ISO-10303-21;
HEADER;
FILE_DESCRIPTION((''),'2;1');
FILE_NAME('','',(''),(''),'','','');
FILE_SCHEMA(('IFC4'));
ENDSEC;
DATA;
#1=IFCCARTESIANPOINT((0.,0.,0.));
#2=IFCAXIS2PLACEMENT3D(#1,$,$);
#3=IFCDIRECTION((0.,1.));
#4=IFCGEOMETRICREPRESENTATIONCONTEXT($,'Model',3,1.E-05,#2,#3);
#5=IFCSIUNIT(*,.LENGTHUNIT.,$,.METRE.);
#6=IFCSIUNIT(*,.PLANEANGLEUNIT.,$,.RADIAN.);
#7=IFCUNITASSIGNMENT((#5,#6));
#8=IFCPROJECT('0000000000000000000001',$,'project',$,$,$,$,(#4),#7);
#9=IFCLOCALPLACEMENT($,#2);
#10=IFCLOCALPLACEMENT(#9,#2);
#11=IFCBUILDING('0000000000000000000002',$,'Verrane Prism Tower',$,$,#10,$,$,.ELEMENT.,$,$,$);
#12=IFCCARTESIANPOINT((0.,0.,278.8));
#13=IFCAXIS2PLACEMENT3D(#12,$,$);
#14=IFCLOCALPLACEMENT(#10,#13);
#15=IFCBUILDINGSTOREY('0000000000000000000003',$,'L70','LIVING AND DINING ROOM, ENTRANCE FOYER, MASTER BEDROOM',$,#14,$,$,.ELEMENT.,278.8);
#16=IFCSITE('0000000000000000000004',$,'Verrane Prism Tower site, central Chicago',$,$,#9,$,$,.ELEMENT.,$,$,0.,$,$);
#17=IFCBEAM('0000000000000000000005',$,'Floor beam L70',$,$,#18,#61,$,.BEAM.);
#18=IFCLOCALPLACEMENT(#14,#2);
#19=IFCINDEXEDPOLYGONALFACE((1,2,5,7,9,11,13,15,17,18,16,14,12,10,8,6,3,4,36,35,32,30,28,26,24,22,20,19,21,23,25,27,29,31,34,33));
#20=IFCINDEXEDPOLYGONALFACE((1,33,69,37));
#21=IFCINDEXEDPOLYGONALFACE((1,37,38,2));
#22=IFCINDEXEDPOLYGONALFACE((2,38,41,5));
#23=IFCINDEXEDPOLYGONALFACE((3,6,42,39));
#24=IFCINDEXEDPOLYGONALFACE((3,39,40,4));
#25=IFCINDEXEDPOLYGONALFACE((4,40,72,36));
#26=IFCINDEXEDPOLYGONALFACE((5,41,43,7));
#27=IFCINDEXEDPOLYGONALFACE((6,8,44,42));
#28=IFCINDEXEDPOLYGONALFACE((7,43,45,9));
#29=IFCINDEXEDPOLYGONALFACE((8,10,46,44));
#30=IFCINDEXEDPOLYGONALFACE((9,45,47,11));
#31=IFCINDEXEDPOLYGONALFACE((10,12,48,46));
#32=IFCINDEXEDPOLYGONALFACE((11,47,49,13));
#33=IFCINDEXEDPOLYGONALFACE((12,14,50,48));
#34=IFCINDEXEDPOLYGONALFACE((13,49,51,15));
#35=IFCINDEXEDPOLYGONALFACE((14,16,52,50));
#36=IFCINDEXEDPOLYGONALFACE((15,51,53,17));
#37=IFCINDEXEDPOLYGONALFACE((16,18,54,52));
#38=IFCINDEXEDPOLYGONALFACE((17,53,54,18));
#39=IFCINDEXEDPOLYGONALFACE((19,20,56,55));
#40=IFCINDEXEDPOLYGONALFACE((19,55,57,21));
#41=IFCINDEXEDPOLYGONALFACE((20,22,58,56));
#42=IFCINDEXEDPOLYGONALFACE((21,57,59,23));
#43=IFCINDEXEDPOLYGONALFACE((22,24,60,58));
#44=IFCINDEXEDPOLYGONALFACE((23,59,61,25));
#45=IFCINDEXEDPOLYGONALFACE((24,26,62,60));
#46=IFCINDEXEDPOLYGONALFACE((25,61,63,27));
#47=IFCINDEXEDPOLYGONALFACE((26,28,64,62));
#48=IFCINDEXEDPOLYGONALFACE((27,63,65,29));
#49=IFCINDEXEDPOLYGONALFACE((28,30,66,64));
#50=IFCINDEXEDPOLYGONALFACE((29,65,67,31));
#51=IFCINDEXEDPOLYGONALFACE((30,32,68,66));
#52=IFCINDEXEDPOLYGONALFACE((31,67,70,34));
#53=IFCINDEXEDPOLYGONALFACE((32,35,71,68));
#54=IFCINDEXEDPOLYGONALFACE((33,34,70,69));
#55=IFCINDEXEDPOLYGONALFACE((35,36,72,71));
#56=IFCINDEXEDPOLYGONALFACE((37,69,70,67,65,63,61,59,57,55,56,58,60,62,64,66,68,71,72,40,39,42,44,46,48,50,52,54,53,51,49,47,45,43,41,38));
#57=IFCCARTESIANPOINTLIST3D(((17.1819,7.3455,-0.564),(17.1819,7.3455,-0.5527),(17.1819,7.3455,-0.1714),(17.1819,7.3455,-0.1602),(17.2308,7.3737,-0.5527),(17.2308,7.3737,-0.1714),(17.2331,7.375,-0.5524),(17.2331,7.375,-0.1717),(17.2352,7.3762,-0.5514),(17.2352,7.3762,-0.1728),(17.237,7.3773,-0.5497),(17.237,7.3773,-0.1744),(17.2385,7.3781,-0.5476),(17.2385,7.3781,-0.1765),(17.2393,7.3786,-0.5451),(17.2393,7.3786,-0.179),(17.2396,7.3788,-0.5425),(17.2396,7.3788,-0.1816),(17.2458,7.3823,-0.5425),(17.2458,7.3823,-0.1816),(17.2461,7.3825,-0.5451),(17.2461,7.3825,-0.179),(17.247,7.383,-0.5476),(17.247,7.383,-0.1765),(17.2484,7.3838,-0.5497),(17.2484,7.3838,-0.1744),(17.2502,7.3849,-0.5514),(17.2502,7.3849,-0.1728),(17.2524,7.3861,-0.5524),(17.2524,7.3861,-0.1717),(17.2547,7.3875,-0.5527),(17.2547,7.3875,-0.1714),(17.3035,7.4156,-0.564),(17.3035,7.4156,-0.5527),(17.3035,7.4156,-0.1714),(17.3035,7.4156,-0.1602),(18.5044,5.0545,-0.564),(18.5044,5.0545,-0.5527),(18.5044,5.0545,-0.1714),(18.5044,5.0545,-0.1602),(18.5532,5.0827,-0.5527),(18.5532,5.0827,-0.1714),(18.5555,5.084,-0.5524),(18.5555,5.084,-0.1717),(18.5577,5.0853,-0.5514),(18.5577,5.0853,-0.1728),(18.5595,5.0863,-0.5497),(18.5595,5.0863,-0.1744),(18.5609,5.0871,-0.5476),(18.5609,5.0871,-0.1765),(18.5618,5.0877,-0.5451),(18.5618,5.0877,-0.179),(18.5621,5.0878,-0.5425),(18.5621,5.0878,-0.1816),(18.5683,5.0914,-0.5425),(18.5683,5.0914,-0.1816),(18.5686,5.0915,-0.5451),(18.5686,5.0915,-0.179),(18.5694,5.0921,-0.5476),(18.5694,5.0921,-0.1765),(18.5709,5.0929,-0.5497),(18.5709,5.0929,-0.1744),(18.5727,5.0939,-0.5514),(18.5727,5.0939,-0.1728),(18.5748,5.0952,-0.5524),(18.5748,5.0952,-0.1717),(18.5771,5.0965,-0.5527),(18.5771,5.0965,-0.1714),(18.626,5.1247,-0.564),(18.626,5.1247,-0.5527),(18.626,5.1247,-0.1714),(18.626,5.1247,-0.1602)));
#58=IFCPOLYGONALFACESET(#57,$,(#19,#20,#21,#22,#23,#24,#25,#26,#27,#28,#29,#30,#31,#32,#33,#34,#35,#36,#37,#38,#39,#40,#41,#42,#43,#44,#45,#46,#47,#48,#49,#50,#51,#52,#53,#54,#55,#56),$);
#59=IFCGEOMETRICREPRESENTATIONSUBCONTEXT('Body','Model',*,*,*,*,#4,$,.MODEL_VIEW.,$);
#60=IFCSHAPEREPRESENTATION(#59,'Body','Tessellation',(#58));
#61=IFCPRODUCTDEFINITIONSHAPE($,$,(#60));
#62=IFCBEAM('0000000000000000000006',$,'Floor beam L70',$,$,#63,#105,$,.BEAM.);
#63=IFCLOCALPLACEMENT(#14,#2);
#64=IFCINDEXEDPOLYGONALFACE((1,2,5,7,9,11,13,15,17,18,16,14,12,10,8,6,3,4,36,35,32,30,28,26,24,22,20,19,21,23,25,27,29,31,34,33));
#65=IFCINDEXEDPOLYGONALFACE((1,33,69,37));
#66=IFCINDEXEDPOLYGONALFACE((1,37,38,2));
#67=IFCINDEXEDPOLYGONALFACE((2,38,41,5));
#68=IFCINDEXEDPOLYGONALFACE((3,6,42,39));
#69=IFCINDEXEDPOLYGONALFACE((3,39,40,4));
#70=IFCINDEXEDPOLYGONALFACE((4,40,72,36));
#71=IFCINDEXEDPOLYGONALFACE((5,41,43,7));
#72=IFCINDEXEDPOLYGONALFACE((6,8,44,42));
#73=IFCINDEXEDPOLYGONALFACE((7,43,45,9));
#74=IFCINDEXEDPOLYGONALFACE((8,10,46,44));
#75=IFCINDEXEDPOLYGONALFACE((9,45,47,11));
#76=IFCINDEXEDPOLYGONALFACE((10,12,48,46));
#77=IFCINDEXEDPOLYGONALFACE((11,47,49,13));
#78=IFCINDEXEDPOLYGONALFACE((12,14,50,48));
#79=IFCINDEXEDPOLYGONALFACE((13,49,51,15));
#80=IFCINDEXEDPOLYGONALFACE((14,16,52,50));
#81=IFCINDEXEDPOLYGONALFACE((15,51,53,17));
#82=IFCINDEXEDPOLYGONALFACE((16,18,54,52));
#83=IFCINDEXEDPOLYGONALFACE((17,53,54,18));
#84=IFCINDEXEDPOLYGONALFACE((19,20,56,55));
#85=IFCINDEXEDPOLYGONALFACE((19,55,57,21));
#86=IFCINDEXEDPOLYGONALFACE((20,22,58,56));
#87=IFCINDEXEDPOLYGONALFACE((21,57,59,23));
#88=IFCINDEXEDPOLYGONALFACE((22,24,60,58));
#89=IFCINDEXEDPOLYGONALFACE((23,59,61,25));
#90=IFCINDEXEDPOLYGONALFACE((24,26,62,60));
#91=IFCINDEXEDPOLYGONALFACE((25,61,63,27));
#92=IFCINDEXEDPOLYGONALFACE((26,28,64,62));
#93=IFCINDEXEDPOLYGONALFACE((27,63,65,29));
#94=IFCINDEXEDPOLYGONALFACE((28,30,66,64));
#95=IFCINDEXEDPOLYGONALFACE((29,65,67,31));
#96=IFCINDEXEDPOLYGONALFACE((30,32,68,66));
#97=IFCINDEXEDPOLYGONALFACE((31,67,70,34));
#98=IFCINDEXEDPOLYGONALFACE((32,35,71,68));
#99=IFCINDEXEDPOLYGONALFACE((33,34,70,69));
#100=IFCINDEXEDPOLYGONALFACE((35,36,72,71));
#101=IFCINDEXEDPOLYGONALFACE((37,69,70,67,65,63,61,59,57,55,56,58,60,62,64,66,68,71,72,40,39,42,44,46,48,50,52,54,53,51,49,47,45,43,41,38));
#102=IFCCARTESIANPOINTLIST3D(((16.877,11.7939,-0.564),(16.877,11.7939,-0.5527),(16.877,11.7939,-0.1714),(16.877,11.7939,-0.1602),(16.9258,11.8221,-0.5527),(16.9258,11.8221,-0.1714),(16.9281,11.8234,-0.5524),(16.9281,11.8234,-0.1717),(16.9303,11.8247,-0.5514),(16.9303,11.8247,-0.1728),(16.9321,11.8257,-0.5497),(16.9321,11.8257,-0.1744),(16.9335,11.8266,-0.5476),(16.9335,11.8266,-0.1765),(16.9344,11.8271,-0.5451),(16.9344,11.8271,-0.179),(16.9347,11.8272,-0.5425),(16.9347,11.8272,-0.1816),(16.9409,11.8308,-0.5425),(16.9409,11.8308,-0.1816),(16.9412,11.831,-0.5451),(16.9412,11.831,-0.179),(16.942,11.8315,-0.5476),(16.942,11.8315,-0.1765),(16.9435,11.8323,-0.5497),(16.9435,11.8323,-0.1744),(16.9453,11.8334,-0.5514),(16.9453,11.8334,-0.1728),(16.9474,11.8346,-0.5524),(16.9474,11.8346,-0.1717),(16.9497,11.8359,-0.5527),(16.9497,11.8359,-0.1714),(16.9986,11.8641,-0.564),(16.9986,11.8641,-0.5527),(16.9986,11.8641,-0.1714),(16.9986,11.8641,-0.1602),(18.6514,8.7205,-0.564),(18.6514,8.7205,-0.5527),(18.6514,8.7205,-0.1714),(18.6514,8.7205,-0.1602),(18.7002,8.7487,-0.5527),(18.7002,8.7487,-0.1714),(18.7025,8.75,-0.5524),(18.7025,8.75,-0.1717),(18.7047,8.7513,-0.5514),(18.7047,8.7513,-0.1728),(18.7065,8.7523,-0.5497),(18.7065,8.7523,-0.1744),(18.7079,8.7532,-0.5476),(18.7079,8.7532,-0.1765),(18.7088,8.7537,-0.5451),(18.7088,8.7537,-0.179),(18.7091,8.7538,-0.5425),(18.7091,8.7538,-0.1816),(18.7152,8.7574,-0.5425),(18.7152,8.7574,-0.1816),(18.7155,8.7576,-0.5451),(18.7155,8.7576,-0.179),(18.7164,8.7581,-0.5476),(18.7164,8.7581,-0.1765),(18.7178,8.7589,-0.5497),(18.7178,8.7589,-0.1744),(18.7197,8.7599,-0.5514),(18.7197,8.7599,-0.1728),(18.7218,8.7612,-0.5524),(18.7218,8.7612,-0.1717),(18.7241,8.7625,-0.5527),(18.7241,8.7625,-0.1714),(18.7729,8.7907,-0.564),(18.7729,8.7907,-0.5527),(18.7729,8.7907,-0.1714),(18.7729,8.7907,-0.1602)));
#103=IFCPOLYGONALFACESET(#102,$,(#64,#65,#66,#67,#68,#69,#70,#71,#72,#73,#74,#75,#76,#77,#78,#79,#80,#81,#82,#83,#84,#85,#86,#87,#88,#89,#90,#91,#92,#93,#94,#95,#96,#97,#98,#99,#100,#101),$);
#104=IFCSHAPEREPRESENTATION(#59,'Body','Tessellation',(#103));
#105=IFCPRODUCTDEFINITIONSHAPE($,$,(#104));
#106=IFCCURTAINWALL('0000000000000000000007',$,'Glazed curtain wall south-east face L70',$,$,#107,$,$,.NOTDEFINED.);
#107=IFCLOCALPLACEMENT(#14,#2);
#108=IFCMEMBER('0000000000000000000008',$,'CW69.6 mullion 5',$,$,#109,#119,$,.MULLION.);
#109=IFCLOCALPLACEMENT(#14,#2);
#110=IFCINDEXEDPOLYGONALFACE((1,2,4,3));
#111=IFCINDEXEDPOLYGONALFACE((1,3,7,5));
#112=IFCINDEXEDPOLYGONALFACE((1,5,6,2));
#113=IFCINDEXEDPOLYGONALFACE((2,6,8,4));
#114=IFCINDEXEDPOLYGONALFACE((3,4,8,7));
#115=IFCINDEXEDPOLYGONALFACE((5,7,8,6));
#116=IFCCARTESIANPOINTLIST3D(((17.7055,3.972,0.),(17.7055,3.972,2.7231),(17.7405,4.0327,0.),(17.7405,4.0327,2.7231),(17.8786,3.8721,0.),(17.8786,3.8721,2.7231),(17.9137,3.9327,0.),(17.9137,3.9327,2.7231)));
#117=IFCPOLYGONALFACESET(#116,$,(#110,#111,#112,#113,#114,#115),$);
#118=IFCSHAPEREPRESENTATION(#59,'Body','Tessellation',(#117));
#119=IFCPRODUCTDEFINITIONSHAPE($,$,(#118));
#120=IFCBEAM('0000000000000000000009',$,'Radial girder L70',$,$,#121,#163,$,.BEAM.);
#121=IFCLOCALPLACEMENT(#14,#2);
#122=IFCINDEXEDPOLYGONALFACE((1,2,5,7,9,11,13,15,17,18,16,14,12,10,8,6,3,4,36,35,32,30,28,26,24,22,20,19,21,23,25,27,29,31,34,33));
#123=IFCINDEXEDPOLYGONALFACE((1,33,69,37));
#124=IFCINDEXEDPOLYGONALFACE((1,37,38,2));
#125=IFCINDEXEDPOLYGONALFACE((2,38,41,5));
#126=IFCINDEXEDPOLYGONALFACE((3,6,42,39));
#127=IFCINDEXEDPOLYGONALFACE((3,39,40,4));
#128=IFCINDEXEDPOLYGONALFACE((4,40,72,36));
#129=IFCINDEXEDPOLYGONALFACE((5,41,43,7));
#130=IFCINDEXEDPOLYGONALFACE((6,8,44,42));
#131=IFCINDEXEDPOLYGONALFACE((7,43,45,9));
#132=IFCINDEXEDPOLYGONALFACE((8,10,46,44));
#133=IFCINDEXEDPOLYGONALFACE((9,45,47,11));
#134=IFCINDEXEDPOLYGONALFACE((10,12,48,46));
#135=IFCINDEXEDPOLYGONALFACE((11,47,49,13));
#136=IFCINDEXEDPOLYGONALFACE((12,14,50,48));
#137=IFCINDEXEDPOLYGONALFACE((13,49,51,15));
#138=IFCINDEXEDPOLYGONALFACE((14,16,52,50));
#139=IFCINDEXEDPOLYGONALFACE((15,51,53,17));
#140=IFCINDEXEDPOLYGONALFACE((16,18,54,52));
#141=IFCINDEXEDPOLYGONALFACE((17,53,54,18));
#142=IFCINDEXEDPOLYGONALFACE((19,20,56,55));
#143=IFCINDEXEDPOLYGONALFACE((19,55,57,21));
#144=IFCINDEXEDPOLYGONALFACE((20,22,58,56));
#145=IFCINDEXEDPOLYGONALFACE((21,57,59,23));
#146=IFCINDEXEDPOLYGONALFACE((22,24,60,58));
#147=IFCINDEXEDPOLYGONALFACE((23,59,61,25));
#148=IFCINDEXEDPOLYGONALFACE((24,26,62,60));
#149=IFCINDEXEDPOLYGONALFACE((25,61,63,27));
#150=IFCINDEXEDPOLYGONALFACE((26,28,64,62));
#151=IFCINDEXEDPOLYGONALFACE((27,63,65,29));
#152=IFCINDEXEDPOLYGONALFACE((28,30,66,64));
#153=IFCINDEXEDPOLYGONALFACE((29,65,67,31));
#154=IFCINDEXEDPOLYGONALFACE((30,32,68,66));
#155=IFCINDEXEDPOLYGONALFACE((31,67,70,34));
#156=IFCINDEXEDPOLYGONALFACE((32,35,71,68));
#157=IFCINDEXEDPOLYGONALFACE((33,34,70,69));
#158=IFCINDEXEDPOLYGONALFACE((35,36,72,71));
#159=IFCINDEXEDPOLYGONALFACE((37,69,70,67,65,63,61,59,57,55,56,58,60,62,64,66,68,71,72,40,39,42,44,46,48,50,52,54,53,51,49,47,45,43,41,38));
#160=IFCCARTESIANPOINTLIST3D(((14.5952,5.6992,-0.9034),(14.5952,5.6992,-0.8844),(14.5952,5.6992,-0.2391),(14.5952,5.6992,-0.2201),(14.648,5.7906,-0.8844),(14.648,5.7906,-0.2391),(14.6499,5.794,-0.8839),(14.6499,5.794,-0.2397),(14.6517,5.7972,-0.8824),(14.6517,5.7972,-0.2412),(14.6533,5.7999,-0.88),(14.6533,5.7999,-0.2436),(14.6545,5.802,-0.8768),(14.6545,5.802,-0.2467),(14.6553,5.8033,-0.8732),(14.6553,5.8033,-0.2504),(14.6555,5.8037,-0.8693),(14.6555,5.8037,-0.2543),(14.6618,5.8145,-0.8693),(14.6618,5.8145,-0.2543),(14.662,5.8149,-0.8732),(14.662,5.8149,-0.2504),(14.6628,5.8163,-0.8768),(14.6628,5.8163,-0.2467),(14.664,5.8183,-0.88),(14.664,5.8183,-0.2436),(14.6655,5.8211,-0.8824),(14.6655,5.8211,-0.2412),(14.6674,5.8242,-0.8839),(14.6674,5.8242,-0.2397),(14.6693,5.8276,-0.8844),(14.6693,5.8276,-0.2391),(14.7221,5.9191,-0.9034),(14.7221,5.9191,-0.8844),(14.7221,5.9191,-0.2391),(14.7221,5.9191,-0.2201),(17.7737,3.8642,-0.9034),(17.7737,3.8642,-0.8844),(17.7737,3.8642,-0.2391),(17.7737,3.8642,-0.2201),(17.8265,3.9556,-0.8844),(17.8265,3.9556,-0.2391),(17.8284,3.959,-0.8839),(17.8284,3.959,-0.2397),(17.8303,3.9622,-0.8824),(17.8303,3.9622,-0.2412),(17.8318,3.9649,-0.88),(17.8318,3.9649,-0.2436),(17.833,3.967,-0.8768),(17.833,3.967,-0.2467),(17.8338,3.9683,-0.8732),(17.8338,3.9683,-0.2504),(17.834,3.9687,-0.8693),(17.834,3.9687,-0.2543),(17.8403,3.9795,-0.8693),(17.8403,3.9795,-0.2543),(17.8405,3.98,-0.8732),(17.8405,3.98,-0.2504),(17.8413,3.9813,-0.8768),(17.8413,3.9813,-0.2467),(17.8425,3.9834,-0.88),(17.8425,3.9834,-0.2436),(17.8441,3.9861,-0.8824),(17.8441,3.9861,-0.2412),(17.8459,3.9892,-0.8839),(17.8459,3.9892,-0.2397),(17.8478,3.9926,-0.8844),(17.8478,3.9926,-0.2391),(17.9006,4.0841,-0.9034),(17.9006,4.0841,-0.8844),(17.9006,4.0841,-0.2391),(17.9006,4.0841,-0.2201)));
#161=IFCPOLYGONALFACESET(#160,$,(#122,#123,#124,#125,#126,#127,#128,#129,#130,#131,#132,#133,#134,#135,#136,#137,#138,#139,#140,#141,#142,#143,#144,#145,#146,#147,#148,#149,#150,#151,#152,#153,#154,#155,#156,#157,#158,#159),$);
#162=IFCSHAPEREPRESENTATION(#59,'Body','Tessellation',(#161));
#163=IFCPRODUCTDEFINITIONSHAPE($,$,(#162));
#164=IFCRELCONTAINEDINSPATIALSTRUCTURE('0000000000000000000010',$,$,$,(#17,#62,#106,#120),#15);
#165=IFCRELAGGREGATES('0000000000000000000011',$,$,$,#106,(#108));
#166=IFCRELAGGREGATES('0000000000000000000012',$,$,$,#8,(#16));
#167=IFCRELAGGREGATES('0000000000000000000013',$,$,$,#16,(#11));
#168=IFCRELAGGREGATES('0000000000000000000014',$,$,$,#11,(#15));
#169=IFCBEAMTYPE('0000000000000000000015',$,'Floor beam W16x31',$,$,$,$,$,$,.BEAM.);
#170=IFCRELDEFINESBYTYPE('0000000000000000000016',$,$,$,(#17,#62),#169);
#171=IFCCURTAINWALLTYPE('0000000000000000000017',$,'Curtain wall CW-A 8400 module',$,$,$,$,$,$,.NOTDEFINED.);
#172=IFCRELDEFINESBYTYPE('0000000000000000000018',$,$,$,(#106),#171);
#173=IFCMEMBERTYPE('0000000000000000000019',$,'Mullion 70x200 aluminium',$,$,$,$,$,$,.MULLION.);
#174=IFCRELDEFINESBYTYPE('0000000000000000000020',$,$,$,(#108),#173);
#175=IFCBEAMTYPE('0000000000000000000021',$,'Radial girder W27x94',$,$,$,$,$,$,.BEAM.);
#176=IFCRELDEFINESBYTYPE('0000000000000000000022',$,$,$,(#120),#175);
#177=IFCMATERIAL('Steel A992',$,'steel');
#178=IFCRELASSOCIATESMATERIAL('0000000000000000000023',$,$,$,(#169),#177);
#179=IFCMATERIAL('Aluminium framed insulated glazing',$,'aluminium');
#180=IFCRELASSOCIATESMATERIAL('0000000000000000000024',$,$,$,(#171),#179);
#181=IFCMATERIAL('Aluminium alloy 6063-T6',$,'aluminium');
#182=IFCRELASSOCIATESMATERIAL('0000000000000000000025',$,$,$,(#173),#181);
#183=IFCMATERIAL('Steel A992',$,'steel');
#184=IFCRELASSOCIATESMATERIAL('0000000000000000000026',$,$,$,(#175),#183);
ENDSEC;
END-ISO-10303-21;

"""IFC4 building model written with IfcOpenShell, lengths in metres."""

from ifc_helpers import new_model, si_unit, direction, frame, origin, origin_2d, place, context, subcontext, project, spatial, rectangle, i_section, extrude, material, material_profile, profile_set, type_object, element, aggregate, save


model = new_model("IFC4")

# Units and contexts
model_context = context("Model", 3, precision=1e-05, world=origin(), true_north=direction((0.0, 1.0)))
body_context = subcontext(model_context, "Body", "Model", "MODEL_VIEW")
ifc_project = project(units=[si_unit("LENGTHUNIT", "METRE"), si_unit("PLANEANGLEUNIT", "RADIAN")], contexts=[model_context])

# Site, building, storey
site_placement = place(None, origin())
site = spatial("IfcSite", under=ifc_project, at=site_placement, Name="Verrane Prism Tower site, central Chicago", CompositionType="ELEMENT", RefElevation=0.0)
building_placement = place(site_placement, origin())
building = spatial("IfcBuilding", under=site, at=building_placement, Name="Verrane Prism Tower", CompositionType="ELEMENT")
storey_placement = place(building_placement, frame((0.0, 0.0, 278.8)))
storey = spatial("IfcBuildingStorey", under=building, at=storey_placement, Name="L70", Description="LIVING AND DINING ROOM, ENTRANCE FOYER, MASTER BEDROOM", CompositionType="ELEMENT", Elevation=278.8)

# Beams
ifc_material_1 = material(Name="Steel A992", Category="steel")
ifc_material_profile_1 = material_profile(ifc_material_1, i_section(OverallWidth=0.1404, OverallDepth=0.4038, WebThickness=0.0071, FlangeThickness=0.0112, FilletRadius=0.0103, at=origin_2d()), Name="W16x31")
ifc_profile_set_1 = profile_set([ifc_material_profile_1], Name="Steel A992")
beam_type_1 = type_object("IfcBeamType", Name="Floor beam W16x31", PredefinedType="BEAM", material=ifc_profile_set_1)
beam_1_placement = place(storey_placement, frame((18.5652, 5.0896, -0.3621), z_axis=(-0.499941, 0.86606, 0.0), x_axis=(-0.86606, -0.499941, 0.0)))
element("IfcBeam", 1, at=beam_1_placement, inside=storey, type_object=beam_type_1, Name="Floor beam L70", PredefinedType="BEAM", context=body_context, shape_type="SweptSolid", body=[
    extrude(i_section(OverallWidth=0.1404, OverallDepth=0.4038, WebThickness=0.0071, FlangeThickness=0.0112, FilletRadius=0.0103, at=origin_2d()), origin(), (0.0, 0.0, 1.0), 2.6453),
])
beam_2_placement = place(storey_placement, frame((18.7122, 8.7556, -0.3621), z_axis=(-0.499986, 0.866033, 0.0), x_axis=(-0.866033, -0.499986, 0.0)))
element("IfcBeam", 2, at=beam_2_placement, inside=storey, type_object=beam_type_1, Name="Floor beam L70", PredefinedType="BEAM", context=body_context, shape_type="SweptSolid", body=[
    extrude(i_section(OverallWidth=0.1404, OverallDepth=0.4038, WebThickness=0.0071, FlangeThickness=0.0112, FilletRadius=0.0103, at=origin_2d()), origin(), (0.0, 0.0, 1.0), 3.5488),
])

# Curtain wall, member
ifc_material_2 = material(Name="Aluminium framed insulated glazing", Category="aluminium")
curtain_wall_type = type_object("IfcCurtainWallType", Name="Curtain wall CW-A 8400 module", PredefinedType="NOTDEFINED", material=ifc_material_2)
curtain_wall_placement = place(storey_placement, origin())
curtain_wall = element("IfcCurtainWall", 3, at=curtain_wall_placement, inside=storey, type_object=curtain_wall_type, Name="Glazed curtain wall south-east face L70", PredefinedType="NOTDEFINED")
ifc_material_3 = material(Name="Aluminium alloy 6063-T6", Category="aluminium")
ifc_material_profile_2 = material_profile(ifc_material_3, rectangle(XDim=0.2, YDim=0.0701, at=origin_2d()), Name="Mullion 70x200 aluminium")
ifc_profile_set_2 = profile_set([ifc_material_profile_2], Name="Aluminium alloy 6063-T6")
member_type_1 = type_object("IfcMemberType", Name="Mullion 70x200 aluminium", PredefinedType="MULLION", material=ifc_profile_set_2)
member_1_placement = place(storey_placement, frame((17.8096, 3.9524, 0.0), z_axis=(0.0, 0.0, 1.0), x_axis=(-0.866025, 0.500001, 0.0)))
member_1 = element("IfcMember", 4, at=member_1_placement, type_object=member_type_1, Name="CW69.6 mullion 5", PredefinedType="MULLION", context=body_context, shape_type="SweptSolid", body=[
    extrude(rectangle(XDim=0.2, YDim=0.0701, at=origin_2d()), origin(), (0.0, 0.0, 1.0), 2.7231),
])

# Beam
ifc_material_4 = material(Name="Steel A992", Category="steel")
ifc_material_profile_3 = material_profile(ifc_material_4, i_section(OverallWidth=0.2539, OverallDepth=0.6833, WebThickness=0.0125, FlangeThickness=0.019, FilletRadius=0.0151, at=origin_2d()), Name="W27x94")
ifc_profile_set_3 = profile_set([ifc_material_profile_3], Name="Steel A992")
beam_type_2 = type_object("IfcBeamType", Name="Radial girder W27x94", PredefinedType="BEAM", material=ifc_profile_set_3)
beam_3_placement = place(storey_placement, frame((17.8372, 3.9741, -0.5618), z_axis=(-0.86604, 0.499974, 0.0), x_axis=(-0.499974, -0.86604, 0.0)))
element("IfcBeam", 5, at=beam_3_placement, inside=storey, type_object=beam_type_2, Name="Radial girder L70", PredefinedType="BEAM", context=body_context, shape_type="SweptSolid", body=[
    extrude(i_section(OverallWidth=0.2539, OverallDepth=0.6833, WebThickness=0.0125, FlangeThickness=0.019, FilletRadius=0.0151, at=origin_2d()), origin(), (0.0, 0.0, 1.0), 3.6702),
])

aggregate(curtain_wall, [member_1])

save(model, "model.ifc")
